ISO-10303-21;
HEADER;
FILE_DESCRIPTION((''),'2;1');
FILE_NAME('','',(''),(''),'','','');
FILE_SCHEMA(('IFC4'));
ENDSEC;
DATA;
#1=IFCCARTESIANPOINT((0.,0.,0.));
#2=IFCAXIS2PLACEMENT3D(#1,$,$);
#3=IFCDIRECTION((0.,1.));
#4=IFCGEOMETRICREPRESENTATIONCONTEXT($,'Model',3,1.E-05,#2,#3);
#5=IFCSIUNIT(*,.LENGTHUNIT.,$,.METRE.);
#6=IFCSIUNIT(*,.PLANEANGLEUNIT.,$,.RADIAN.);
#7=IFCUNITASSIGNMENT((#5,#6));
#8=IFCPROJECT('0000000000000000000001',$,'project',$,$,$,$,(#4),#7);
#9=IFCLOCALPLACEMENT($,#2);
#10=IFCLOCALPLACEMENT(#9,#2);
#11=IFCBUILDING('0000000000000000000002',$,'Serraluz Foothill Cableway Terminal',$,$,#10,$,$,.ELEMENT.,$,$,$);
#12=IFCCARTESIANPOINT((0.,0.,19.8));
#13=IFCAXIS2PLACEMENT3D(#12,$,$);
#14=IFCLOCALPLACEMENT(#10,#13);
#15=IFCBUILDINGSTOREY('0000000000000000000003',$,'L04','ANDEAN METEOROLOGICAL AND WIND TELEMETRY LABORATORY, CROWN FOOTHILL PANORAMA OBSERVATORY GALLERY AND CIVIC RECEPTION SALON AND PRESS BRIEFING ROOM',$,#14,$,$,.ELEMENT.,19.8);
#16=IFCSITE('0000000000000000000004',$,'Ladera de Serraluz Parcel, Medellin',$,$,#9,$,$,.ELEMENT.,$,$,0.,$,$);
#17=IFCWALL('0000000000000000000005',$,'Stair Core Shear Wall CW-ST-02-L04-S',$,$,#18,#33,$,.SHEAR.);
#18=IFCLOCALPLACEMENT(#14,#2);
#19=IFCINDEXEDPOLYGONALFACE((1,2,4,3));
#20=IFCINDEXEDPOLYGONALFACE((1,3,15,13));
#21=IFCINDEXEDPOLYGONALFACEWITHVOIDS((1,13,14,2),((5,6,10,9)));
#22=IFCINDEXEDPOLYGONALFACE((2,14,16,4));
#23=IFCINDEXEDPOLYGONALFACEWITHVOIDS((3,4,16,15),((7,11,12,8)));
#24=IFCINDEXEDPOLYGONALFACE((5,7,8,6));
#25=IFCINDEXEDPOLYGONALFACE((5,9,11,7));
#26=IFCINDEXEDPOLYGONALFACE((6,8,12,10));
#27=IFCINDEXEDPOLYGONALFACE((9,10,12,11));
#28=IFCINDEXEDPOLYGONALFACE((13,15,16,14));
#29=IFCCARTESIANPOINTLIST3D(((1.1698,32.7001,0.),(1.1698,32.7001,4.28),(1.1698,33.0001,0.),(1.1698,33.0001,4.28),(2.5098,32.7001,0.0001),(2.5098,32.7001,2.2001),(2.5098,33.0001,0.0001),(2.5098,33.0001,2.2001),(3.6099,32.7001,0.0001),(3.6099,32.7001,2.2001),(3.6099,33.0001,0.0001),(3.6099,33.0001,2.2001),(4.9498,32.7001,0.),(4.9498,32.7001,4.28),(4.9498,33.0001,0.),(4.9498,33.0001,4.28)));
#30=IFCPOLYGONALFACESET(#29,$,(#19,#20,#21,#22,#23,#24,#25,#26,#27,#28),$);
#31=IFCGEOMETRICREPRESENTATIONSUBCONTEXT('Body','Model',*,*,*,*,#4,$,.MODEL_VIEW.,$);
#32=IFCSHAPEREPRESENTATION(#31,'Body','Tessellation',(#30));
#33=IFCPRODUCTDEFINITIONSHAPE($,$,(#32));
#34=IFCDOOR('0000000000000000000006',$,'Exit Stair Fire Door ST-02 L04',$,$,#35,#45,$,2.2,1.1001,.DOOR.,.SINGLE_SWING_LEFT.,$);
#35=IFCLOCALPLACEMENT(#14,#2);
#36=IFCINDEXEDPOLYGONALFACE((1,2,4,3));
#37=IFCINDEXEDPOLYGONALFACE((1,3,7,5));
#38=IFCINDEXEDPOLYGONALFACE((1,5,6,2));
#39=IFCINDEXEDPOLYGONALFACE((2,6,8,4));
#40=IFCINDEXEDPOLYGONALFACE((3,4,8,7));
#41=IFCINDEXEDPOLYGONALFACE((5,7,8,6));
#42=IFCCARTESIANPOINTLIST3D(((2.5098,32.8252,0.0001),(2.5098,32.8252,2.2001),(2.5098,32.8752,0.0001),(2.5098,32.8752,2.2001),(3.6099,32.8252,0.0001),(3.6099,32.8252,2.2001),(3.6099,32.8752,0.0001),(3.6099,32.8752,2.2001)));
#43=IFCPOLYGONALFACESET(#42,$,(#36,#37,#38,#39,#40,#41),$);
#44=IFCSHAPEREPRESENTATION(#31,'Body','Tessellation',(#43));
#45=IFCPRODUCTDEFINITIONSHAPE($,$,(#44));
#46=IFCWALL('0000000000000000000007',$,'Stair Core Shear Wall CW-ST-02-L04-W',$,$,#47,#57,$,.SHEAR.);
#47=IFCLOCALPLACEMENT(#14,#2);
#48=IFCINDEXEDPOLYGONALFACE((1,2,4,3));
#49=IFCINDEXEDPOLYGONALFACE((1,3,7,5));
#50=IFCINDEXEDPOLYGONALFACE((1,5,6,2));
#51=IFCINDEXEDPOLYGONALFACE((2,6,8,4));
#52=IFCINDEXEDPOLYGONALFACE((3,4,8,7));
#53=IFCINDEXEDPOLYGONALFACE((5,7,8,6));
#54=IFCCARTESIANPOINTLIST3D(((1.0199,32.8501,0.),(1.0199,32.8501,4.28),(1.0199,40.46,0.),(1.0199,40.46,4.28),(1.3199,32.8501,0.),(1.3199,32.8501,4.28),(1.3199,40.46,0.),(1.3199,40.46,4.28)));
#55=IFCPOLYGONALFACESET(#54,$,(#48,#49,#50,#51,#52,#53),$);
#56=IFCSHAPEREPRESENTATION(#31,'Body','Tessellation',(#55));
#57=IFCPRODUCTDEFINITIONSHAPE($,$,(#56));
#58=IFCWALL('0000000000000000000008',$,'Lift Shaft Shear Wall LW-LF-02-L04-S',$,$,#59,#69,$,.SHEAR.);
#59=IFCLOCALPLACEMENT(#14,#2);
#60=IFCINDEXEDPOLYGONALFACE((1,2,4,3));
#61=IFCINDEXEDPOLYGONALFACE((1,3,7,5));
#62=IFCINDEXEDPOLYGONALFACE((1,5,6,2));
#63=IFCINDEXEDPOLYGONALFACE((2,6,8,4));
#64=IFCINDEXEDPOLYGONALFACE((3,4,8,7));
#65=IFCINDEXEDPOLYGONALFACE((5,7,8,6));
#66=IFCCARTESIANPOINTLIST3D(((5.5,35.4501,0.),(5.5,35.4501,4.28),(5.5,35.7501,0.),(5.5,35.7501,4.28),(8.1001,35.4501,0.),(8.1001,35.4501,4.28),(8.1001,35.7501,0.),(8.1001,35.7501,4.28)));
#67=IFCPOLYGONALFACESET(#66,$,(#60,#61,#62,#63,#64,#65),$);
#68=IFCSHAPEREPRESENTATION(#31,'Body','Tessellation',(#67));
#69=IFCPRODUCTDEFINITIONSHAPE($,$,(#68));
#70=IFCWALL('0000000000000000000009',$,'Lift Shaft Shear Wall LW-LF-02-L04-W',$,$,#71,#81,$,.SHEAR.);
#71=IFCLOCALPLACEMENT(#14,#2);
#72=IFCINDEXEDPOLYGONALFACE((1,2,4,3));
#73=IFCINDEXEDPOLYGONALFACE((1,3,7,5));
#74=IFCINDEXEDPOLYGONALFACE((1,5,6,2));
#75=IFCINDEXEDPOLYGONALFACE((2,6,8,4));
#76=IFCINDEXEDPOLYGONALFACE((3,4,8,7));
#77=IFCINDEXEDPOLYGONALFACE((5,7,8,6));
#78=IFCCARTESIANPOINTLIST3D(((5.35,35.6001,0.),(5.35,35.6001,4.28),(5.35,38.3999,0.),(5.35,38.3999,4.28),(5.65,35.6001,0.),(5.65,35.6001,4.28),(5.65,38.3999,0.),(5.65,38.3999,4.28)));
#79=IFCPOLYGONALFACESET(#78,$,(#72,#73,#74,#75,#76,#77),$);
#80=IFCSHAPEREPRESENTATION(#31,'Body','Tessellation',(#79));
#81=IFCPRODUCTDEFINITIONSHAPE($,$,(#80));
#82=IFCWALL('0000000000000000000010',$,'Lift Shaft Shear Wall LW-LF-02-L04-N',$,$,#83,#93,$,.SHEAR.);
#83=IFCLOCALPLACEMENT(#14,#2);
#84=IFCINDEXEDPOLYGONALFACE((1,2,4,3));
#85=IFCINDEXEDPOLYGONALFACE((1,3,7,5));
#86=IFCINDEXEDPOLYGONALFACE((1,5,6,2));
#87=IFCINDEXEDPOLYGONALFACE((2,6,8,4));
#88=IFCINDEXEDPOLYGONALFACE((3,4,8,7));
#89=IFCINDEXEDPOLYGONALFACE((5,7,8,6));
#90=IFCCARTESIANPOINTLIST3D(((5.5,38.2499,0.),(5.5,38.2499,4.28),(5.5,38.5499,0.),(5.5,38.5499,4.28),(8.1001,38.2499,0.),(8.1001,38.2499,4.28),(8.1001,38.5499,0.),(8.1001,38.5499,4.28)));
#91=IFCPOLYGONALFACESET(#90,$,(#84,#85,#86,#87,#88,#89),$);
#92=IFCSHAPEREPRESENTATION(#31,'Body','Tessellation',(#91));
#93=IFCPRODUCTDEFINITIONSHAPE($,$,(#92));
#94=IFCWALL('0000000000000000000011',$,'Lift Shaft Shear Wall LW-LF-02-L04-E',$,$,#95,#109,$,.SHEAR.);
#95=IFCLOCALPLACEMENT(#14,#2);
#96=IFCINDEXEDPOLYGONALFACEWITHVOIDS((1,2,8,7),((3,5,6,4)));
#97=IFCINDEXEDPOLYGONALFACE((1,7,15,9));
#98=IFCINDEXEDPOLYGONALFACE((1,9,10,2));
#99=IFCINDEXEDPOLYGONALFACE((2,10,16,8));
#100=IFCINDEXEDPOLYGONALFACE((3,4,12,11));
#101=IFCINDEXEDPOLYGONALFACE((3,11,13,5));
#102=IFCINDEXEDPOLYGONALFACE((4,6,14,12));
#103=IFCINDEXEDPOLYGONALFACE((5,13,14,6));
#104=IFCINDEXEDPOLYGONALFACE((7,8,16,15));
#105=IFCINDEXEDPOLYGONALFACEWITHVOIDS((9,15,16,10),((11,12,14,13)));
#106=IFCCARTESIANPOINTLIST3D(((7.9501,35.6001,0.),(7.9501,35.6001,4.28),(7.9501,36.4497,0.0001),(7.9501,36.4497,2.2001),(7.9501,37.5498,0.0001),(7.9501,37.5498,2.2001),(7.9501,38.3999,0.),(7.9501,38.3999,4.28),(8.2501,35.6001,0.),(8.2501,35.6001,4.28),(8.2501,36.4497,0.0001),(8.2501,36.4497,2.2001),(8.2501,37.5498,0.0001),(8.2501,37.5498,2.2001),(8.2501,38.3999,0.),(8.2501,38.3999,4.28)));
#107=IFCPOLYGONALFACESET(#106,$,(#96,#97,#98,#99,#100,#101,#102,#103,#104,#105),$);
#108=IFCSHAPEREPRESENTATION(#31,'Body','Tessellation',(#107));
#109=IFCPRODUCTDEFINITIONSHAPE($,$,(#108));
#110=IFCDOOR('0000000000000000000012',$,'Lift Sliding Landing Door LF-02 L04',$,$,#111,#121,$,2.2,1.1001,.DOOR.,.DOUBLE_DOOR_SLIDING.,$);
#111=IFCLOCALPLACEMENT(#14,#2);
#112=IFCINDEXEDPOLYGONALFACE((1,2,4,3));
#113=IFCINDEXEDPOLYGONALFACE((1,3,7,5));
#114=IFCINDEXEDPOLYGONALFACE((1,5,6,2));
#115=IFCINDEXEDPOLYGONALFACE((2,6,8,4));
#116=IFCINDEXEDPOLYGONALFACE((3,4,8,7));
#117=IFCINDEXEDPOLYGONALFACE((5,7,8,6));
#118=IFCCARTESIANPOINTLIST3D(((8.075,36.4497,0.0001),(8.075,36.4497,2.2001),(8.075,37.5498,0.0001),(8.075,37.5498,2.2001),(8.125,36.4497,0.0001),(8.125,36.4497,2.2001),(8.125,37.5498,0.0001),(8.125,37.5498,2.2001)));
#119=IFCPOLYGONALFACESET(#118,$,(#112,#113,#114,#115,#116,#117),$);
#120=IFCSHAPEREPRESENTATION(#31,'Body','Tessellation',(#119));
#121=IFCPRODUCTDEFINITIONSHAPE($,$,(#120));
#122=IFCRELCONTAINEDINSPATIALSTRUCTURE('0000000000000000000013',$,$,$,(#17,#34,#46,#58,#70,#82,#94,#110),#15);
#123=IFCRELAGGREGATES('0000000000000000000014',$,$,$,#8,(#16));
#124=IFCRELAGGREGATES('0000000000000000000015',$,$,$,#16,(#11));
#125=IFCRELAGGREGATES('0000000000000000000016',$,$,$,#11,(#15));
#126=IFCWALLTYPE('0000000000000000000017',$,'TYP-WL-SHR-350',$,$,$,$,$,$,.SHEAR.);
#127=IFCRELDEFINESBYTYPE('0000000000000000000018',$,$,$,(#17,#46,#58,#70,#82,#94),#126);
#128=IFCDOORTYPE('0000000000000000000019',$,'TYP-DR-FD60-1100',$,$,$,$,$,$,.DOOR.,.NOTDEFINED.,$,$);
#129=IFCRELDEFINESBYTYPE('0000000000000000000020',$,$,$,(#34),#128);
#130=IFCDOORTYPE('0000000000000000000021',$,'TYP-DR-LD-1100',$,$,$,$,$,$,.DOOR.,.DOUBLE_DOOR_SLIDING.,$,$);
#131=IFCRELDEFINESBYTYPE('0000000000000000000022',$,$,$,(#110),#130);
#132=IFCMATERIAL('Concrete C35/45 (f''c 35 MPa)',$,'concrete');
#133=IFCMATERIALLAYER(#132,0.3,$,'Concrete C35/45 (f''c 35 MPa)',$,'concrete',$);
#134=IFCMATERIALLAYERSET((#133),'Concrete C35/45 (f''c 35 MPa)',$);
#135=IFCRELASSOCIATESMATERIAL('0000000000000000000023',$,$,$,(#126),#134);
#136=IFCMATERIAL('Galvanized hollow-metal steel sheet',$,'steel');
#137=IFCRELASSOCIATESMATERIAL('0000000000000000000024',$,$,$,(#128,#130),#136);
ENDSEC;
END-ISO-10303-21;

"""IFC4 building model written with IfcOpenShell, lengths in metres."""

from ifc_helpers import new_model, si_unit, direction, frame, frame_2d, origin, place, context, subcontext, project, spatial, rectangle, extrude, material, layer, layer_set, type_object, element, fill, save


model = new_model("IFC4")

# Units and contexts
model_context = context("Model", 3, precision=1e-05, world=origin(), true_north=direction((0.0, 1.0)))
body_context = subcontext(model_context, "Body", "Model", "MODEL_VIEW")
ifc_project = project(units=[si_unit("LENGTHUNIT", "METRE"), si_unit("PLANEANGLEUNIT", "RADIAN")], contexts=[model_context])

# Site, building, storey
site_placement = place(None, origin())
site = spatial("IfcSite", under=ifc_project, at=site_placement, Name="Ladera de Serraluz Parcel, Medellin", CompositionType="ELEMENT", RefElevation=0.0)
building_placement = place(site_placement, origin())
building = spatial("IfcBuilding", under=site, at=building_placement, Name="Serraluz Foothill Cableway Terminal", CompositionType="ELEMENT")
storey_placement = place(building_placement, frame((0.0, 0.0, 19.8)))
storey = spatial("IfcBuildingStorey", under=building, at=storey_placement, Name="L04", Description="ANDEAN METEOROLOGICAL AND WIND TELEMETRY LABORATORY, CROWN FOOTHILL PANORAMA OBSERVATORY GALLERY AND CIVIC RECEPTION SALON AND PRESS BRIEFING ROOM", CompositionType="ELEMENT", Elevation=19.8)

# Wall, opening, door
ifc_material_1 = material(Name="Concrete C35/45 (f'c 35 MPa)", Category="concrete")
ifc_layer_1 = layer(ifc_material_1, 0.3, Name="Concrete C35/45 (f'c 35 MPa)", Category="concrete")
ifc_layer_set_1 = layer_set([ifc_layer_1], Name="Concrete C35/45 (f'c 35 MPa)")
wall_type_1 = type_object("IfcWallType", Name="TYP-WL-SHR-350", PredefinedType="SHEAR", material=ifc_layer_set_1)
wall_1_placement = place(storey_placement, frame((4.95, 32.8501, 0.0), z_axis=(0.0, 0.0, 1.0), x_axis=(-1.0, 0.0, 0.0)))
wall_1 = element("IfcWall", 1, at=wall_1_placement, inside=storey, type_object=wall_type_1, Name="Stair Core Shear Wall CW-ST-02-L04-S", PredefinedType="SHEAR", context=body_context, shape_type="SweptSolid", body=[
    extrude(rectangle(XDim=3.78, YDim=0.3, at=frame_2d((1.8901, 0.0))), origin(), (0.0, 0.0, 1.0), 4.28),
])
opening_1_placement = place(wall_1_placement, frame((1.3401, 0.0, 0.0)))
opening_1 = element("IfcOpeningElement", 2, at=opening_1_placement, cuts=wall_1, PredefinedType="OPENING", context=body_context, shape_type="SweptSolid", body=[
    extrude(rectangle(XDim=1.1001, YDim=2.2, at=frame_2d((0.55, 1.1001))), frame((0.0, 0.1602, 0.0), z_axis=(0.0, -1.0, 0.0), x_axis=(1.0, 0.0, 0.0)), (0.0, 0.0, 1.0), 0.3201),
])
ifc_material_2 = material(Name="Galvanized hollow-metal steel sheet", Category="steel")
door_type_1 = type_object("IfcDoorType", Name="TYP-DR-FD60-1100", OperationType="NOTDEFINED", PredefinedType="DOOR", material=ifc_material_2)
door_1_placement = place(opening_1_placement, origin())
door_1 = element("IfcDoor", 3, at=door_1_placement, inside=storey, type_object=door_type_1, Name="Exit Stair Fire Door ST-02 L04", OperationType="SINGLE_SWING_LEFT", OverallHeight=2.2, OverallWidth=1.1001, PredefinedType="DOOR", context=body_context, shape_type="SweptSolid", body=[
    extrude(rectangle(XDim=1.1001, YDim=2.2, at=frame_2d((0.55, 1.1001))), frame((0.0, 0.0249, 0.0), z_axis=(0.0, -1.0, 0.0), x_axis=(1.0, 0.0, 0.0)), (0.0, 0.0, 1.0), 0.05),
])
fill(opening_1, door_1)

# Walls
wall_2_placement = place(storey_placement, frame((1.1699, 32.8501, 0.0), z_axis=(0.0, 0.0, 1.0), x_axis=(0.0, 1.0, 0.0)))
element("IfcWall", 4, at=wall_2_placement, inside=storey, type_object=wall_type_1, Name="Stair Core Shear Wall CW-ST-02-L04-W", PredefinedType="SHEAR", context=body_context, shape_type="SweptSolid", body=[
    extrude(rectangle(XDim=7.6099, YDim=0.3, at=frame_2d((3.8049, 0.0))), origin(), (0.0, 0.0, 1.0), 4.28),
])
wall_3_placement = place(storey_placement, frame((8.1001, 35.6001, 0.0), z_axis=(0.0, 0.0, 1.0), x_axis=(-1.0, 0.0, 0.0)))
element("IfcWall", 5, at=wall_3_placement, inside=storey, type_object=wall_type_1, Name="Lift Shaft Shear Wall LW-LF-02-L04-S", PredefinedType="SHEAR", context=body_context, shape_type="SweptSolid", body=[
    extrude(rectangle(XDim=2.6001, YDim=0.3, at=frame_2d((1.3, 0.0))), origin(), (0.0, 0.0, 1.0), 4.28),
])
wall_4_placement = place(storey_placement, frame((5.5, 35.6001, 0.0), z_axis=(0.0, 0.0, 1.0), x_axis=(0.0, 1.0, 0.0)))
element("IfcWall", 6, at=wall_4_placement, inside=storey, type_object=wall_type_1, Name="Lift Shaft Shear Wall LW-LF-02-L04-W", PredefinedType="SHEAR", context=body_context, shape_type="SweptSolid", body=[
    extrude(rectangle(XDim=2.7998, YDim=0.3, at=frame_2d((1.3999, 0.0))), origin(), (0.0, 0.0, 1.0), 4.28),
])
wall_5_placement = place(storey_placement, frame((5.5, 38.3999, 0.0), z_axis=(0.0, 0.0, 1.0), x_axis=(1.0, 0.0, 0.0)))
element("IfcWall", 7, at=wall_5_placement, inside=storey, type_object=wall_type_1, Name="Lift Shaft Shear Wall LW-LF-02-L04-N", PredefinedType="SHEAR", context=body_context, shape_type="SweptSolid", body=[
    extrude(rectangle(XDim=2.6001, YDim=0.3, at=frame_2d((1.3, 0.0))), origin(), (0.0, 0.0, 1.0), 4.28),
])

# Wall, opening, door
wall_6_placement = place(storey_placement, frame((8.1001, 38.3999, 0.0), z_axis=(0.0, 0.0, 1.0), x_axis=(0.0, -1.0, 0.0)))
wall_6 = element("IfcWall", 8, at=wall_6_placement, inside=storey, type_object=wall_type_1, Name="Lift Shaft Shear Wall LW-LF-02-L04-E", PredefinedType="SHEAR", context=body_context, shape_type="SweptSolid", body=[
    extrude(rectangle(XDim=2.7998, YDim=0.3, at=frame_2d((1.3999, 0.0))), origin(), (0.0, 0.0, 1.0), 4.28),
])
opening_2_placement = place(wall_6_placement, frame((0.8501, 0.0, 0.0)))
opening_2 = element("IfcOpeningElement", 9, at=opening_2_placement, cuts=wall_6, PredefinedType="OPENING", context=body_context, shape_type="SweptSolid", body=[
    extrude(rectangle(XDim=1.1001, YDim=2.2, at=frame_2d((0.55, 1.1001))), frame((0.0, 0.1602, 0.0), z_axis=(0.0, -1.0, 0.0), x_axis=(1.0, 0.0, 0.0)), (0.0, 0.0, 1.0), 0.3201),
])
door_type_2 = type_object("IfcDoorType", Name="TYP-DR-LD-1100", OperationType="DOUBLE_DOOR_SLIDING", PredefinedType="DOOR", material=ifc_material_2)
door_2_placement = place(opening_2_placement, origin())
door_2 = element("IfcDoor", 10, at=door_2_placement, inside=storey, type_object=door_type_2, Name="Lift Sliding Landing Door LF-02 L04", OperationType="DOUBLE_DOOR_SLIDING", OverallHeight=2.2, OverallWidth=1.1001, PredefinedType="DOOR", context=body_context, shape_type="SweptSolid", body=[
    extrude(rectangle(XDim=1.1001, YDim=2.2, at=frame_2d((0.55, 1.1001))), frame((0.0, 0.0249, 0.0), z_axis=(0.0, -1.0, 0.0), x_axis=(1.0, 0.0, 0.0)), (0.0, 0.0, 1.0), 0.05),
])
fill(opening_2, door_2)

save(model, "model.ifc")
